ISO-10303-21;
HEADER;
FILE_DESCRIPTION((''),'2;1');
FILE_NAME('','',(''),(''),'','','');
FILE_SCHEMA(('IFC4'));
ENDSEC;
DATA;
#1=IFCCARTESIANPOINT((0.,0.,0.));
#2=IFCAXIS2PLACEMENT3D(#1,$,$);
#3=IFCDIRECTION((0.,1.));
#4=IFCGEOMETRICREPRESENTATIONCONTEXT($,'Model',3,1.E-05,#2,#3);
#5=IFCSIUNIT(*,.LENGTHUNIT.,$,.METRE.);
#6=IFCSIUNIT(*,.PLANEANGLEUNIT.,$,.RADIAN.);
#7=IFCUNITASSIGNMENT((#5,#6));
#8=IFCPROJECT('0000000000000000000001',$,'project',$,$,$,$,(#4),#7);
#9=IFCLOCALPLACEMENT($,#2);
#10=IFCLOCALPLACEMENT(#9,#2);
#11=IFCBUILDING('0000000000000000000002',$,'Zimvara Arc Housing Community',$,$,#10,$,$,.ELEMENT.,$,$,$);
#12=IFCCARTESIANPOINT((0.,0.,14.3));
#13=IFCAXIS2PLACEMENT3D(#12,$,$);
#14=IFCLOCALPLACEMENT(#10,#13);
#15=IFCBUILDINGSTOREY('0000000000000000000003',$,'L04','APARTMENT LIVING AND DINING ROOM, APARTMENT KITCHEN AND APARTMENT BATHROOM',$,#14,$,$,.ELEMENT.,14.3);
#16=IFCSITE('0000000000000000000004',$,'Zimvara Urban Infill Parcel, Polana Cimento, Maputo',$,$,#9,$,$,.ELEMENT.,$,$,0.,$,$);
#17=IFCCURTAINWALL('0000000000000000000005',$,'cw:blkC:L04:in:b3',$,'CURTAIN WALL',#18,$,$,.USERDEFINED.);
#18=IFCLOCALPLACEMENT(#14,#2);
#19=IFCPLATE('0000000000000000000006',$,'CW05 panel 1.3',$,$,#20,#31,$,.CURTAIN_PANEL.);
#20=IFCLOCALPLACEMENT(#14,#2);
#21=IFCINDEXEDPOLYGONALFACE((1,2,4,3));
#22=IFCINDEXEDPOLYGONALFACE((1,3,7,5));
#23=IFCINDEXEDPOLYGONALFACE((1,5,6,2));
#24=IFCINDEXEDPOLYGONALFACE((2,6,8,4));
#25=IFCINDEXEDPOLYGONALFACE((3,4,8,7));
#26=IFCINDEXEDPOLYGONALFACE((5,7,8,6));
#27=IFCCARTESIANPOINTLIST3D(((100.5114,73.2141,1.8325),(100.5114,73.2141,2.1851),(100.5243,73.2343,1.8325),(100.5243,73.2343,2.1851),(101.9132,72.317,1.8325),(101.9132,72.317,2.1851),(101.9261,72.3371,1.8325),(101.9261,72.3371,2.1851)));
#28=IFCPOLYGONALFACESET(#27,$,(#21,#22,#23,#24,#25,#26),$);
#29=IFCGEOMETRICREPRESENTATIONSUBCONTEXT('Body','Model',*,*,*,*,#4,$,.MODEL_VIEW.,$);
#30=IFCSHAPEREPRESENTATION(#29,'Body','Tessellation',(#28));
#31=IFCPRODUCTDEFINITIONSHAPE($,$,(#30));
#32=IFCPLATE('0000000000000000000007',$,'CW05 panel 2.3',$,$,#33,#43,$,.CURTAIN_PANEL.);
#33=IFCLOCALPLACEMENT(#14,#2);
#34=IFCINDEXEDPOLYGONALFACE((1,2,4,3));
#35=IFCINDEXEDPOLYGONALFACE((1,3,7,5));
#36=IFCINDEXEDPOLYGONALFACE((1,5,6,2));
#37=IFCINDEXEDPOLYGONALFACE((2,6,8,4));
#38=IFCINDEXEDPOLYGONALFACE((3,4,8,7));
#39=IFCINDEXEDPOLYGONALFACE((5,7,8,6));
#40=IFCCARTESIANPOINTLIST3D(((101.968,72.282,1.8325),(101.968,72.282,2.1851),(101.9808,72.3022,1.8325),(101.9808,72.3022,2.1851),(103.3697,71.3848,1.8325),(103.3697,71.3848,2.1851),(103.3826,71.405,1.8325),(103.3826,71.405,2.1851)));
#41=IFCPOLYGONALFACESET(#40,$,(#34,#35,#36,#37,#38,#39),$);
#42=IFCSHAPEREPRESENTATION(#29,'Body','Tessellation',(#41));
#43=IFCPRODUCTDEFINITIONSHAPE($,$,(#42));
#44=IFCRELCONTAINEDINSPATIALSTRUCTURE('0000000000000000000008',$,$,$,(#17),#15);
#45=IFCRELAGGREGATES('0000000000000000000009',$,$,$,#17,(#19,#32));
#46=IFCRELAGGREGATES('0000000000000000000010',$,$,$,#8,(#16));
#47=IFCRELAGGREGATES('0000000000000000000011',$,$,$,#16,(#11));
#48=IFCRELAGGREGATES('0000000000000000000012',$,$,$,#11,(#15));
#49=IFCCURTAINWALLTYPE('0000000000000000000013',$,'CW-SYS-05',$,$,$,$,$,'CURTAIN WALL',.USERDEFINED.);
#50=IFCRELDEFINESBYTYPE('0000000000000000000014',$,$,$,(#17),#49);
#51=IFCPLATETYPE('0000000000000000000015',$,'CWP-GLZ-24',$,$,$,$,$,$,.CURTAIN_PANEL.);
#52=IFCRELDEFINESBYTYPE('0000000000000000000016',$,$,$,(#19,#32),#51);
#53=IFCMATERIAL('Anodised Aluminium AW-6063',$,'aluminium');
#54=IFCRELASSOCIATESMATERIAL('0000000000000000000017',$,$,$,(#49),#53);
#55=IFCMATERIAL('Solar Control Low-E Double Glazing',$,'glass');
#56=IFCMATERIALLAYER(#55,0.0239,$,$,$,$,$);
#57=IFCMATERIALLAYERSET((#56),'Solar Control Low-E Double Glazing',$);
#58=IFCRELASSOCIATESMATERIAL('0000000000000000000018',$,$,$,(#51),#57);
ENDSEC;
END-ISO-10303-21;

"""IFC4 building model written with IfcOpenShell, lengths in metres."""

from ifc_helpers import new_model, si_unit, direction, frame, origin, origin_2d, place, context, subcontext, project, spatial, rectangle, extrude, material, layer, layer_set, type_object, element, aggregate, save


model = new_model("IFC4")

# Units and contexts
model_context = context("Model", 3, precision=1e-05, world=origin(), true_north=direction((0.0, 1.0)))
body_context = subcontext(model_context, "Body", "Model", "MODEL_VIEW")
ifc_project = project(units=[si_unit("LENGTHUNIT", "METRE"), si_unit("PLANEANGLEUNIT", "RADIAN")], contexts=[model_context])

# Site, building, storey
site_placement = place(None, origin())
site = spatial("IfcSite", under=ifc_project, at=site_placement, Name="Zimvara Urban Infill Parcel, Polana Cimento, Maputo", CompositionType="ELEMENT", RefElevation=0.0)
building_placement = place(site_placement, origin())
building = spatial("IfcBuilding", under=site, at=building_placement, Name="Zimvara Arc Housing Community", CompositionType="ELEMENT")
storey_placement = place(building_placement, frame((0.0, 0.0, 14.3)))
storey = spatial("IfcBuildingStorey", under=building, at=storey_placement, Name="L04", Description="APARTMENT LIVING AND DINING ROOM, APARTMENT KITCHEN AND APARTMENT BATHROOM", CompositionType="ELEMENT", Elevation=14.3)

# Curtain wall
ifc_material_1 = material(Name="Anodised Aluminium AW-6063", Category="aluminium")
curtain_wall_type_1 = type_object("IfcCurtainWallType", Name="CW-SYS-05", ElementType="CURTAIN WALL", PredefinedType="USERDEFINED", material=ifc_material_1)
curtain_wall_1_placement = place(storey_placement, origin())
curtain_wall_1 = element("IfcCurtainWall", 1, at=curtain_wall_1_placement, inside=storey, type_object=curtain_wall_type_1, Name="cw:blkC:L04:in:b3", ObjectType="CURTAIN WALL", PredefinedType="USERDEFINED")

# Plates
ifc_material_2 = material(Name="Solar Control Low-E Double Glazing", Category="glass")
ifc_layer_1 = layer(ifc_material_2, 0.0239)
ifc_layer_set_1 = layer_set([ifc_layer_1], Name="Solar Control Low-E Double Glazing")
plate_type_1 = type_object("IfcPlateType", Name="CWP-GLZ-24", PredefinedType="CURTAIN_PANEL", material=ifc_layer_set_1)
plate_1_placement = place(storey_placement, frame((101.2188, 72.7756, 1.8325), z_axis=(0.0, 0.0, 1.0), x_axis=(0.842265, -0.539064, 0.0)))
plate_1 = element("IfcPlate", 2, at=plate_1_placement, type_object=plate_type_1, Name="CW05 panel 1.3", PredefinedType="CURTAIN_PANEL", context=body_context, shape_type="SweptSolid", body=[
    extrude(rectangle(XDim=1.6643, YDim=0.0239, at=origin_2d()), origin(), (0.0, 0.0, 1.0), 0.3525),
])
plate_2_placement = place(storey_placement, frame((102.6753, 71.8435, 1.8325), z_axis=(0.0, 0.0, 1.0), x_axis=(0.842265, -0.539064, 0.0)))
plate_2 = element("IfcPlate", 3, at=plate_2_placement, type_object=plate_type_1, Name="CW05 panel 2.3", PredefinedType="CURTAIN_PANEL", context=body_context, shape_type="SweptSolid", body=[
    extrude(rectangle(XDim=1.6643, YDim=0.0239, at=origin_2d()), origin(), (0.0, 0.0, 1.0), 0.3525),
])
aggregate(curtain_wall_1, [plate_1, plate_2])

save(model, "model.ifc")
